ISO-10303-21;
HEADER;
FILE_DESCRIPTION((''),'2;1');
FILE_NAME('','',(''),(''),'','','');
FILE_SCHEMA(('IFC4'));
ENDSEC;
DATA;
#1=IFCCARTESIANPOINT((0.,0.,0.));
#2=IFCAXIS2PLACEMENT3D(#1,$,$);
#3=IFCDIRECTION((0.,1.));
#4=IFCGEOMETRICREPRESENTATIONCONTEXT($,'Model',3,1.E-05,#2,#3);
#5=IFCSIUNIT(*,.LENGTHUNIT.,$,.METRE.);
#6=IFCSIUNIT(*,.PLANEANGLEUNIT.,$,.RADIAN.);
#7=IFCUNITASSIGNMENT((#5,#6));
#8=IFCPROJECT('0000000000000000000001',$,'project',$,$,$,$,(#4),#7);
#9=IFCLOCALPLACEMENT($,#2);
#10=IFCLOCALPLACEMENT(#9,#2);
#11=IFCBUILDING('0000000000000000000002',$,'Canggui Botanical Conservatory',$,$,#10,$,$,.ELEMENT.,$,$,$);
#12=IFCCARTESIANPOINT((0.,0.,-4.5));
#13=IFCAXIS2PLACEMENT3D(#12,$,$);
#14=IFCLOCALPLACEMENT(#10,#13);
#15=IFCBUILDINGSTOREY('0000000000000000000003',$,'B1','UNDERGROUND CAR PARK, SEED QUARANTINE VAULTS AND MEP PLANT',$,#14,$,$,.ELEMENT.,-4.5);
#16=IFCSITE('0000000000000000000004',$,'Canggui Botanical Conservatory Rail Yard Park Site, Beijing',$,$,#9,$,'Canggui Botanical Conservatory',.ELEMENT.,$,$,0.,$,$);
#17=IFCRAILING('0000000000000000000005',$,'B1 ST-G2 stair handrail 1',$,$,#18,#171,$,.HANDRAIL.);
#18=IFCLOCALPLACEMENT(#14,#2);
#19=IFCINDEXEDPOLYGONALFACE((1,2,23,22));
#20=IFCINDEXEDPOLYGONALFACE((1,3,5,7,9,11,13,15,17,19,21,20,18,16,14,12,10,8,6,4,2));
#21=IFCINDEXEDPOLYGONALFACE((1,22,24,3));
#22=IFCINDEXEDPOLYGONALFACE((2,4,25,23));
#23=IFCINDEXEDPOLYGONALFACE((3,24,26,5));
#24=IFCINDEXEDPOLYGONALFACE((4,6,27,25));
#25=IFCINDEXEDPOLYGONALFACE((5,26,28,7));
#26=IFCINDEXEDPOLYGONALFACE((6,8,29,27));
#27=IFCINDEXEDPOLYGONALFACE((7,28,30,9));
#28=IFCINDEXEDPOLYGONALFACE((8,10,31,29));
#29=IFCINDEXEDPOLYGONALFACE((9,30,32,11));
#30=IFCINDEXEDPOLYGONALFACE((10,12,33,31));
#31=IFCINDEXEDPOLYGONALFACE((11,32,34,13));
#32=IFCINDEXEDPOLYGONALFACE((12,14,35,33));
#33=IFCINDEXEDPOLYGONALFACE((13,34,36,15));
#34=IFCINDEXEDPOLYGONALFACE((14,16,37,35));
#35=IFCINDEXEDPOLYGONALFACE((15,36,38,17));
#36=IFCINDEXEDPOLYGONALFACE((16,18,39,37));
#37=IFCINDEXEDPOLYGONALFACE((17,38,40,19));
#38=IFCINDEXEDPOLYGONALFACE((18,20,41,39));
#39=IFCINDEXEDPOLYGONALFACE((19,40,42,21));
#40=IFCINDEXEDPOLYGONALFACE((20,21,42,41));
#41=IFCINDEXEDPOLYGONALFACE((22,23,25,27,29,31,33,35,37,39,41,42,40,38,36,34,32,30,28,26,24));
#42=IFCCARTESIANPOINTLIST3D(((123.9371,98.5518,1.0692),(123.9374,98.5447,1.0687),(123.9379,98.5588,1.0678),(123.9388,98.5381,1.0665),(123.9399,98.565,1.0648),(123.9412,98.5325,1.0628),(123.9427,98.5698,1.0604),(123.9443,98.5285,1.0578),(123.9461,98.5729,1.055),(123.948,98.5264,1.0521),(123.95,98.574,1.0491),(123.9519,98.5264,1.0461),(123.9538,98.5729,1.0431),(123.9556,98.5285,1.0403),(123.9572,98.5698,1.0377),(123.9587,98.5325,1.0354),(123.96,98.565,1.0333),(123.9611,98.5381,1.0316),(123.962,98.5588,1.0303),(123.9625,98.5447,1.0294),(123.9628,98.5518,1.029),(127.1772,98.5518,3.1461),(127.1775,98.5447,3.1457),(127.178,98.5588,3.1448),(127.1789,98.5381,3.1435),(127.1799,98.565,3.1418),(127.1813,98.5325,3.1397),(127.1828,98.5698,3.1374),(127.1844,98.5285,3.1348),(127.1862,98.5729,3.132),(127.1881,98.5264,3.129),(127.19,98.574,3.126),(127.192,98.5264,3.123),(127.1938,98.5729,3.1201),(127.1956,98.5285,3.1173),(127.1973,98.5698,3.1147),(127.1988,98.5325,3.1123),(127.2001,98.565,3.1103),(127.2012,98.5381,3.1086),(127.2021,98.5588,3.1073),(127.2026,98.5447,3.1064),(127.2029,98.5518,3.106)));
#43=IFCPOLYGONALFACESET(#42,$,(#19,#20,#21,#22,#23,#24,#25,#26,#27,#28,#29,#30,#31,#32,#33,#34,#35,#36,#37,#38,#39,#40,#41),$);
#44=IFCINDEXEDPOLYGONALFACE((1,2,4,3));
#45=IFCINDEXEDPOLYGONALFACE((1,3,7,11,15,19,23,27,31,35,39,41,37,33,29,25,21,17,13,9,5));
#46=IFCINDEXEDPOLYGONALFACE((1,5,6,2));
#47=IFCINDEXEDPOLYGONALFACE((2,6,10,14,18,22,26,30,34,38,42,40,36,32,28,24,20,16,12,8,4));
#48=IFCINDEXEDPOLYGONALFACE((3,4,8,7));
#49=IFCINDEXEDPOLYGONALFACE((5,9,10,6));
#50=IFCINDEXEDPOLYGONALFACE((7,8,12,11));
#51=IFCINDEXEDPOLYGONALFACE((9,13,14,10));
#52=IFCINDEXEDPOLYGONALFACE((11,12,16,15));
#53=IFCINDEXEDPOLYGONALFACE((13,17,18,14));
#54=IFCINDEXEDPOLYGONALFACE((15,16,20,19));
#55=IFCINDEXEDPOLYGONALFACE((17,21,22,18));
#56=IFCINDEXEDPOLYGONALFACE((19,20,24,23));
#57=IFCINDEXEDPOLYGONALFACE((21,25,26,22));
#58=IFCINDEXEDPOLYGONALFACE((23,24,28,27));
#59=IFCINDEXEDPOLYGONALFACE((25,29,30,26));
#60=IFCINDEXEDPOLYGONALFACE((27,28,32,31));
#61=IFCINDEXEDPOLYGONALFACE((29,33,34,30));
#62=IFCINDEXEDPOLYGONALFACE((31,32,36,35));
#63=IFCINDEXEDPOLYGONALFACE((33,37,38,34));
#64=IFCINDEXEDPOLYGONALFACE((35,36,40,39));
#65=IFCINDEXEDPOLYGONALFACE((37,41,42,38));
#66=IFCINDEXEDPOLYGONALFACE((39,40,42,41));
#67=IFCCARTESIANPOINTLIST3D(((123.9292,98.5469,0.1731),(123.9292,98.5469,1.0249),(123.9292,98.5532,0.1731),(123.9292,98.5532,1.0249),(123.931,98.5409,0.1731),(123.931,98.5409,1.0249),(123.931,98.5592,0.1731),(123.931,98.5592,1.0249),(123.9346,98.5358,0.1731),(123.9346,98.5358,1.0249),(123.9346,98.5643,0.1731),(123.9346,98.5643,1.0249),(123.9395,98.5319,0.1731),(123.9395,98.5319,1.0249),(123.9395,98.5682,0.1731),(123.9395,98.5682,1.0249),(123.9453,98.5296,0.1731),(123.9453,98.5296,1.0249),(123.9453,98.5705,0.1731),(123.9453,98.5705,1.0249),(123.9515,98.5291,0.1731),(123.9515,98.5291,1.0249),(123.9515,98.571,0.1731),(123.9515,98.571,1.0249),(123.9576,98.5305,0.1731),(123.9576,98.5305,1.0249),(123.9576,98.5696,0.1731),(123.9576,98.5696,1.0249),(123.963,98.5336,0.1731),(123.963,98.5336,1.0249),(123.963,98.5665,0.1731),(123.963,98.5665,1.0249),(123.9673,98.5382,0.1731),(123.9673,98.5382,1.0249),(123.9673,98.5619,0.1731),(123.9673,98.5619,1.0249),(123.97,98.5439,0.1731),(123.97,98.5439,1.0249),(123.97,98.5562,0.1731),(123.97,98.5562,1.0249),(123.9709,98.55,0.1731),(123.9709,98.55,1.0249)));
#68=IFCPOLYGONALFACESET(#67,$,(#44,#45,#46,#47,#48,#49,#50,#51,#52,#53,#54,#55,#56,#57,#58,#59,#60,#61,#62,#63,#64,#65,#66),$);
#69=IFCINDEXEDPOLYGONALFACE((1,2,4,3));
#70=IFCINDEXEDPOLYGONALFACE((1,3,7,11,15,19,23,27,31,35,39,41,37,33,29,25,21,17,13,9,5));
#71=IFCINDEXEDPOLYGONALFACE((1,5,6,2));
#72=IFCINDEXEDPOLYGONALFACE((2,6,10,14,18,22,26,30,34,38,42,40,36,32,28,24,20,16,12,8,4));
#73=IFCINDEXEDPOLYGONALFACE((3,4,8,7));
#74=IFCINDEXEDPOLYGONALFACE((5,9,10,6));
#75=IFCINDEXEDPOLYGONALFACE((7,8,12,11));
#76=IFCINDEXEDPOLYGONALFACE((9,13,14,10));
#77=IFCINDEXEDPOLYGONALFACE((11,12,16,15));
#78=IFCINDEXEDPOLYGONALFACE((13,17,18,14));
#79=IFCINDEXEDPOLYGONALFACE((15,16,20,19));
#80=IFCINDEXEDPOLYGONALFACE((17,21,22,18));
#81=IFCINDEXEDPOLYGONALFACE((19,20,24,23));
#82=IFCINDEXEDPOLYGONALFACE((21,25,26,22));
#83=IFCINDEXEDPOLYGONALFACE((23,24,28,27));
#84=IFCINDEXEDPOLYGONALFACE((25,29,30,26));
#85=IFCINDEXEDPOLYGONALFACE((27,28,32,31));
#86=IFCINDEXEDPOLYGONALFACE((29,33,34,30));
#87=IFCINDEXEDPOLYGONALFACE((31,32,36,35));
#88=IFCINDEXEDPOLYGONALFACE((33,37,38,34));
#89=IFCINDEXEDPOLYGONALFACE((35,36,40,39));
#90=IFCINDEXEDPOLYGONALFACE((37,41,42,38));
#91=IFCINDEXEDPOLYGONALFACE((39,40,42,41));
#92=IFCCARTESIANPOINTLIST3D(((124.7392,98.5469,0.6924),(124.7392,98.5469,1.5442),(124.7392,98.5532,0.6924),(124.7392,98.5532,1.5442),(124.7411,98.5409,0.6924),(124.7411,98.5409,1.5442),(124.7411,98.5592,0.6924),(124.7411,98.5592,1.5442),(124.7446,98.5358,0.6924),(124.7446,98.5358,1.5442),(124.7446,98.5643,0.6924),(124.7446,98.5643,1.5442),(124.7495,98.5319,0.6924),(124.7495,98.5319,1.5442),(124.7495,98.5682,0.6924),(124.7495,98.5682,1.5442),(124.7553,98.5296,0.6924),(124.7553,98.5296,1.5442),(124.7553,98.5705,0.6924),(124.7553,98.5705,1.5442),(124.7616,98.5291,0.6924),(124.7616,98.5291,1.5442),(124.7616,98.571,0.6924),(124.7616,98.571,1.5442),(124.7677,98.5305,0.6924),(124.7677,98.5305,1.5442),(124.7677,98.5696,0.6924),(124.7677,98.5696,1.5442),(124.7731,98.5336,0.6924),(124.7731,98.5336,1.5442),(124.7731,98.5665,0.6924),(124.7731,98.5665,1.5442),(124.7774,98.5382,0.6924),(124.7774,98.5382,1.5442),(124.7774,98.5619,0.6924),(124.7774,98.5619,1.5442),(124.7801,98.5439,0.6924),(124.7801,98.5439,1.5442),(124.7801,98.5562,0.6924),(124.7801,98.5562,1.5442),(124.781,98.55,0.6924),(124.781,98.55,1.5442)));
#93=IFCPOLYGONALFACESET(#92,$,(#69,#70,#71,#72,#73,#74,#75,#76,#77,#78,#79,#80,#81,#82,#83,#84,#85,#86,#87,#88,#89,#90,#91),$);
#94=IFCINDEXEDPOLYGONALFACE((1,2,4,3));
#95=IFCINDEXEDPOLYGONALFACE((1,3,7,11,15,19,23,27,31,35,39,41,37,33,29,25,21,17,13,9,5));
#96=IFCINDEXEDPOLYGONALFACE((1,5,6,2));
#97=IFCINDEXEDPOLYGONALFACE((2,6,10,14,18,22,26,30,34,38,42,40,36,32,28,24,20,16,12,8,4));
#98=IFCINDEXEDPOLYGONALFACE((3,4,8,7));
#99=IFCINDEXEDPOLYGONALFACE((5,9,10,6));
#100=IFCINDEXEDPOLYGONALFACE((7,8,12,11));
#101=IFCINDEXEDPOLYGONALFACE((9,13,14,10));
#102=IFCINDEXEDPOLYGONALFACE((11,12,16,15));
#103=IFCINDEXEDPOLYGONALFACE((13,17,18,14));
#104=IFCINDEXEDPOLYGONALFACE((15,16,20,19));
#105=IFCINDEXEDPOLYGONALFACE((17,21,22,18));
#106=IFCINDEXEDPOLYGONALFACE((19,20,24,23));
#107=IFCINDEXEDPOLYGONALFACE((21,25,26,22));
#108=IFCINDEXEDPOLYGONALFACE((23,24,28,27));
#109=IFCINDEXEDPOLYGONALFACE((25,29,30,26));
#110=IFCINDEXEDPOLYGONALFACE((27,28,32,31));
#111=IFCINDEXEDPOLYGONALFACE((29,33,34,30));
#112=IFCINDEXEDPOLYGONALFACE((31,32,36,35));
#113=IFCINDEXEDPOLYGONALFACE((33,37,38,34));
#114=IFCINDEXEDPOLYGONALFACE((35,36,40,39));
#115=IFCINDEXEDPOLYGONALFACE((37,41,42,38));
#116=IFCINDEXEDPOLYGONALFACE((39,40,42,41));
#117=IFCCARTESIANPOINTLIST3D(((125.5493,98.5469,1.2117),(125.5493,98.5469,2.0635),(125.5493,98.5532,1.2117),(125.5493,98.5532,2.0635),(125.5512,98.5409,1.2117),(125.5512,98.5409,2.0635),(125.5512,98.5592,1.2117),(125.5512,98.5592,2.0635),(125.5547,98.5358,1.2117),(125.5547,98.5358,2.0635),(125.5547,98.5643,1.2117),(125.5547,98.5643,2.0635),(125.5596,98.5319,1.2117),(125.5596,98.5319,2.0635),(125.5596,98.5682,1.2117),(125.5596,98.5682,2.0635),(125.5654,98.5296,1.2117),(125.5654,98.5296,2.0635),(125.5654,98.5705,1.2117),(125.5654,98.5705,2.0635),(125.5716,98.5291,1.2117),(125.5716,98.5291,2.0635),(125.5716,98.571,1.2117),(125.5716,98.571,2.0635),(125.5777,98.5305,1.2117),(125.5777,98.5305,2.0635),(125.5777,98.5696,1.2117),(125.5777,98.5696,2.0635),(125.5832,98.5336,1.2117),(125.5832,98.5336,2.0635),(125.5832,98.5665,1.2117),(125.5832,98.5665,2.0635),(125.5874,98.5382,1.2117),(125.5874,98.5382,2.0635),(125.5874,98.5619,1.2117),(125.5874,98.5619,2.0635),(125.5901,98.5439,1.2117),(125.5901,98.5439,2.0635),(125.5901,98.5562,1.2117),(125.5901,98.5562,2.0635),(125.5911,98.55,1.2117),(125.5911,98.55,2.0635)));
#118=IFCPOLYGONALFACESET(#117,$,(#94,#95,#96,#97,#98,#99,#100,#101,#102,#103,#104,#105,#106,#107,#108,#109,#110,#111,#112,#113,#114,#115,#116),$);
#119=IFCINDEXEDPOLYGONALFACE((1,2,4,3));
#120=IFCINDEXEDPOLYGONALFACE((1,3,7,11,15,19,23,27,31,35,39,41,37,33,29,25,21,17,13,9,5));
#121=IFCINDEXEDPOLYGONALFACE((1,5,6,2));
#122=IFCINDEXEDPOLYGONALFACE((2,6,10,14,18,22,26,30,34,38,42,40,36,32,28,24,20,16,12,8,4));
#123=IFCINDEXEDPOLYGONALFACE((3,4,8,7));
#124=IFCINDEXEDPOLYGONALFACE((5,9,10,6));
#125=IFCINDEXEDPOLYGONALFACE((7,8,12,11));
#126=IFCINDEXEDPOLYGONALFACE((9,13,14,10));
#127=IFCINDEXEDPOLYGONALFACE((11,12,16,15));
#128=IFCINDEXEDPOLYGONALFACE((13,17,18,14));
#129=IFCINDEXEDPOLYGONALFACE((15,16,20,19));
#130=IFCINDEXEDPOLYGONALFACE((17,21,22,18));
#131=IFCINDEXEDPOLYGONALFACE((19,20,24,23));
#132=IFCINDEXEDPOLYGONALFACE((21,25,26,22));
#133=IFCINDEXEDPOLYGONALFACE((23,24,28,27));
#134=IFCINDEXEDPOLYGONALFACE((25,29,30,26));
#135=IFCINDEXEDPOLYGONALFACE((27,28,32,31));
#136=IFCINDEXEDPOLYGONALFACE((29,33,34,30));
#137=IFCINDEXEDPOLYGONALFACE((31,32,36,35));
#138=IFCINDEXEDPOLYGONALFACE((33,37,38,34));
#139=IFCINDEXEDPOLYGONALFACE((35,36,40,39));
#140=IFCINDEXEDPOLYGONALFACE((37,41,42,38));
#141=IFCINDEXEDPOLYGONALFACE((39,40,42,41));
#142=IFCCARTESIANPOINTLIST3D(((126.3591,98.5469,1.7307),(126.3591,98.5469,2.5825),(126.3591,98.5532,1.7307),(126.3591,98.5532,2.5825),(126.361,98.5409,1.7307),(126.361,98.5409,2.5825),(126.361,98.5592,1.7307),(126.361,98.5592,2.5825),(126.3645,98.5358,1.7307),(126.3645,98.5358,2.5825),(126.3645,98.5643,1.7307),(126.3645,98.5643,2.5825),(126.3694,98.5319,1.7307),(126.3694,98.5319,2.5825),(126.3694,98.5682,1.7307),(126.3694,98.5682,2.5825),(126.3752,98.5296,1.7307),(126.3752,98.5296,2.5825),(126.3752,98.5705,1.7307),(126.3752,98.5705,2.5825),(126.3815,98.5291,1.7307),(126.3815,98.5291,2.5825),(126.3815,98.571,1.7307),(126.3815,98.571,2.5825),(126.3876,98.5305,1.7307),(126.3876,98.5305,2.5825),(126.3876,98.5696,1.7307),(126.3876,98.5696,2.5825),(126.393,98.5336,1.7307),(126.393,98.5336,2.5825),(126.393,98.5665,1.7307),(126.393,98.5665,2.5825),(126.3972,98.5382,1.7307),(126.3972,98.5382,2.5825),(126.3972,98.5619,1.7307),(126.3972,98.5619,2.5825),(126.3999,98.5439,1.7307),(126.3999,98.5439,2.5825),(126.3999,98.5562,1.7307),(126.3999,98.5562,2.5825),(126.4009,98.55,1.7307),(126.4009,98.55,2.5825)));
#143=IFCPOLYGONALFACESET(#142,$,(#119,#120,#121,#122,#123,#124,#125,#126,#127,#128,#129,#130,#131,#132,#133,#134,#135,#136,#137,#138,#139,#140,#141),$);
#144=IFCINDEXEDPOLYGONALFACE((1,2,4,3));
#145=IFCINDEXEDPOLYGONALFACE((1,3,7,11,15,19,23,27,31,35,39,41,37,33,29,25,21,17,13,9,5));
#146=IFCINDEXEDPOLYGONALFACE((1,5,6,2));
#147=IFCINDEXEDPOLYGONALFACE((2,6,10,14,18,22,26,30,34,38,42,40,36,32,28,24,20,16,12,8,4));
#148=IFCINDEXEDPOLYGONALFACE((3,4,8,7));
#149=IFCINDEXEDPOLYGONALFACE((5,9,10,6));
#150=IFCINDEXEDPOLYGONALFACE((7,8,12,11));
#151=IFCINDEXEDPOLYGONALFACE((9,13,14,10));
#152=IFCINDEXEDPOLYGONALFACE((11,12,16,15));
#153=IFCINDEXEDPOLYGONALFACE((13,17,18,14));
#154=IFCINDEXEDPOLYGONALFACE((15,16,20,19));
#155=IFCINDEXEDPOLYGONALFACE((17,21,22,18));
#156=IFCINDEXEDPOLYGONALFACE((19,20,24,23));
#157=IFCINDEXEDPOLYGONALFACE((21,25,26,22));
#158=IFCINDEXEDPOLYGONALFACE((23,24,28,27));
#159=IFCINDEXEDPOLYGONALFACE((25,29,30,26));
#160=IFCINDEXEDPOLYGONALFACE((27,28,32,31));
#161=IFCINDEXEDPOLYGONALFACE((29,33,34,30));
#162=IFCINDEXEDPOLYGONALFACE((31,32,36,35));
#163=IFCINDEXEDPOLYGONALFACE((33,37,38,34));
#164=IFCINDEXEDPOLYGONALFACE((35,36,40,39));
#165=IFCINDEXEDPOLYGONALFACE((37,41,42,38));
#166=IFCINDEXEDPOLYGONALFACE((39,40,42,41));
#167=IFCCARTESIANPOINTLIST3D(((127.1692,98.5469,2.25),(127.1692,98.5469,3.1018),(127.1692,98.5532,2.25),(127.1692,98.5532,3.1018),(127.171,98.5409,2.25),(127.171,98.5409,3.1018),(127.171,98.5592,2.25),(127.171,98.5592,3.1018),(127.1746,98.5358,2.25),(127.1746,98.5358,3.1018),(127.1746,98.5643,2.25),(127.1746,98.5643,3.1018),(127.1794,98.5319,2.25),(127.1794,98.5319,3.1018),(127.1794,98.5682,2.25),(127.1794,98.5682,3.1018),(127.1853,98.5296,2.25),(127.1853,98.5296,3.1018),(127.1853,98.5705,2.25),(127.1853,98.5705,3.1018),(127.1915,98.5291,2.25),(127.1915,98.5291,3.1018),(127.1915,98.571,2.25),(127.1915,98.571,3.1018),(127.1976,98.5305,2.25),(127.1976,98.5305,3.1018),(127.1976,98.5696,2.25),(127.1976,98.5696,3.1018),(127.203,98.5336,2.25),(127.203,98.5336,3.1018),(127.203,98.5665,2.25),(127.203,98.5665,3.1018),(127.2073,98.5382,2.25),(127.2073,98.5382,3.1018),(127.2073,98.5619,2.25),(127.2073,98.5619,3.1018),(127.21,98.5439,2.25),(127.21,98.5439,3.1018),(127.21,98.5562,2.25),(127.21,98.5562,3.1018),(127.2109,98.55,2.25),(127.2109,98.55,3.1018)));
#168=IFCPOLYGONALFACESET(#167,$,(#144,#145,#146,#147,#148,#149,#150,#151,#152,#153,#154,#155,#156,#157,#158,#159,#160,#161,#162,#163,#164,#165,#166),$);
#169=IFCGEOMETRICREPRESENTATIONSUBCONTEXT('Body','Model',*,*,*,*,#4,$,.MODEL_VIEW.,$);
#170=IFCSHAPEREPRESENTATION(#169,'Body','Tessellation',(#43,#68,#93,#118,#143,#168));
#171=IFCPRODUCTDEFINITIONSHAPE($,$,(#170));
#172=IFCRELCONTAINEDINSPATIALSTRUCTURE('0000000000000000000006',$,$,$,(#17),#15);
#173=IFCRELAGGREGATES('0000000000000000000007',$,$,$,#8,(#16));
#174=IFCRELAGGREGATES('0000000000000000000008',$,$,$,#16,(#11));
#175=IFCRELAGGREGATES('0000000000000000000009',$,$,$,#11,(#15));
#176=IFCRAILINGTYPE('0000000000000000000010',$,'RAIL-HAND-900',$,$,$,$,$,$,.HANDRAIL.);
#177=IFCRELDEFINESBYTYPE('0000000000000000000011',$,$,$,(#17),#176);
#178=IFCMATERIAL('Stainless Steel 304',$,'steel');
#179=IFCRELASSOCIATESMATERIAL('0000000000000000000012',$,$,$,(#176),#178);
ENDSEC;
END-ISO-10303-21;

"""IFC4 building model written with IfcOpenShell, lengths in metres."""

from ifc_helpers import new_model, si_unit, direction, frame, origin, origin_2d, place, context, subcontext, project, spatial, circle, extrude, material, type_object, element, save


model = new_model("IFC4")

# Units and contexts
model_context = context("Model", 3, precision=1e-05, world=origin(), true_north=direction((0.0, 1.0)))
body_context = subcontext(model_context, "Body", "Model", "MODEL_VIEW")
ifc_project = project(units=[si_unit("LENGTHUNIT", "METRE"), si_unit("PLANEANGLEUNIT", "RADIAN")], contexts=[model_context])

# Site, building, storey
site_placement = place(None, origin())
site = spatial("IfcSite", under=ifc_project, at=site_placement, Name="Canggui Botanical Conservatory Rail Yard Park Site, Beijing", LongName="Canggui Botanical Conservatory", CompositionType="ELEMENT", RefElevation=0.0)
building_placement = place(site_placement, origin())
building = spatial("IfcBuilding", under=site, at=building_placement, Name="Canggui Botanical Conservatory", CompositionType="ELEMENT")
storey_placement = place(building_placement, frame((0.0, 0.0, -4.5)))
storey = spatial("IfcBuildingStorey", under=building, at=storey_placement, Name="B1", Description="UNDERGROUND CAR PARK, SEED QUARANTINE VAULTS AND MEP PLANT", CompositionType="ELEMENT", Elevation=-4.5)

# Railing
ifc_material_1 = material(Name="Stainless Steel 304", Category="steel")
railing_type_1 = type_object("IfcRailingType", Name="RAIL-HAND-900", PredefinedType="HANDRAIL", material=ifc_material_1)
for number, where, name in (
    (1, (123.95, 98.55, 0.1731), "B1 ST-G2 stair handrail 1"),
):
    element("IfcRailing", number, at=place(storey_placement, frame(where)), inside=storey, type_object=railing_type_1, Name=name, PredefinedType="HANDRAIL", context=body_context, shape_type="SweptSolid", body=[
        extrude(circle(Radius=0.0239, at=origin_2d()), frame((0.0, 0.0, 0.876), z_axis=(0.841881, 0.0, 0.539664), x_axis=(0.0, 1.0, 0.0)), (0.0, 0.0, 1.0), 3.8486),
        extrude(circle(Radius=0.021, at=origin_2d()), origin(), (0.0, 0.0, 1.0), 0.8518),
        extrude(circle(Radius=0.021, at=origin_2d()), frame((0.8101, 0.0, 0.5193)), (0.0, 0.0, 1.0), 0.8518),
        extrude(circle(Radius=0.021, at=origin_2d()), frame((1.6201, 0.0, 1.0386)), (0.0, 0.0, 1.0), 0.8518),
        extrude(circle(Radius=0.021, at=origin_2d()), frame((2.4299, 0.0, 1.5576)), (0.0, 0.0, 1.0), 0.8518),
        extrude(circle(Radius=0.021, at=origin_2d()), frame((3.24, 0.0, 2.0769)), (0.0, 0.0, 1.0), 0.8518),
    ])

save(model, "model.ifc")
